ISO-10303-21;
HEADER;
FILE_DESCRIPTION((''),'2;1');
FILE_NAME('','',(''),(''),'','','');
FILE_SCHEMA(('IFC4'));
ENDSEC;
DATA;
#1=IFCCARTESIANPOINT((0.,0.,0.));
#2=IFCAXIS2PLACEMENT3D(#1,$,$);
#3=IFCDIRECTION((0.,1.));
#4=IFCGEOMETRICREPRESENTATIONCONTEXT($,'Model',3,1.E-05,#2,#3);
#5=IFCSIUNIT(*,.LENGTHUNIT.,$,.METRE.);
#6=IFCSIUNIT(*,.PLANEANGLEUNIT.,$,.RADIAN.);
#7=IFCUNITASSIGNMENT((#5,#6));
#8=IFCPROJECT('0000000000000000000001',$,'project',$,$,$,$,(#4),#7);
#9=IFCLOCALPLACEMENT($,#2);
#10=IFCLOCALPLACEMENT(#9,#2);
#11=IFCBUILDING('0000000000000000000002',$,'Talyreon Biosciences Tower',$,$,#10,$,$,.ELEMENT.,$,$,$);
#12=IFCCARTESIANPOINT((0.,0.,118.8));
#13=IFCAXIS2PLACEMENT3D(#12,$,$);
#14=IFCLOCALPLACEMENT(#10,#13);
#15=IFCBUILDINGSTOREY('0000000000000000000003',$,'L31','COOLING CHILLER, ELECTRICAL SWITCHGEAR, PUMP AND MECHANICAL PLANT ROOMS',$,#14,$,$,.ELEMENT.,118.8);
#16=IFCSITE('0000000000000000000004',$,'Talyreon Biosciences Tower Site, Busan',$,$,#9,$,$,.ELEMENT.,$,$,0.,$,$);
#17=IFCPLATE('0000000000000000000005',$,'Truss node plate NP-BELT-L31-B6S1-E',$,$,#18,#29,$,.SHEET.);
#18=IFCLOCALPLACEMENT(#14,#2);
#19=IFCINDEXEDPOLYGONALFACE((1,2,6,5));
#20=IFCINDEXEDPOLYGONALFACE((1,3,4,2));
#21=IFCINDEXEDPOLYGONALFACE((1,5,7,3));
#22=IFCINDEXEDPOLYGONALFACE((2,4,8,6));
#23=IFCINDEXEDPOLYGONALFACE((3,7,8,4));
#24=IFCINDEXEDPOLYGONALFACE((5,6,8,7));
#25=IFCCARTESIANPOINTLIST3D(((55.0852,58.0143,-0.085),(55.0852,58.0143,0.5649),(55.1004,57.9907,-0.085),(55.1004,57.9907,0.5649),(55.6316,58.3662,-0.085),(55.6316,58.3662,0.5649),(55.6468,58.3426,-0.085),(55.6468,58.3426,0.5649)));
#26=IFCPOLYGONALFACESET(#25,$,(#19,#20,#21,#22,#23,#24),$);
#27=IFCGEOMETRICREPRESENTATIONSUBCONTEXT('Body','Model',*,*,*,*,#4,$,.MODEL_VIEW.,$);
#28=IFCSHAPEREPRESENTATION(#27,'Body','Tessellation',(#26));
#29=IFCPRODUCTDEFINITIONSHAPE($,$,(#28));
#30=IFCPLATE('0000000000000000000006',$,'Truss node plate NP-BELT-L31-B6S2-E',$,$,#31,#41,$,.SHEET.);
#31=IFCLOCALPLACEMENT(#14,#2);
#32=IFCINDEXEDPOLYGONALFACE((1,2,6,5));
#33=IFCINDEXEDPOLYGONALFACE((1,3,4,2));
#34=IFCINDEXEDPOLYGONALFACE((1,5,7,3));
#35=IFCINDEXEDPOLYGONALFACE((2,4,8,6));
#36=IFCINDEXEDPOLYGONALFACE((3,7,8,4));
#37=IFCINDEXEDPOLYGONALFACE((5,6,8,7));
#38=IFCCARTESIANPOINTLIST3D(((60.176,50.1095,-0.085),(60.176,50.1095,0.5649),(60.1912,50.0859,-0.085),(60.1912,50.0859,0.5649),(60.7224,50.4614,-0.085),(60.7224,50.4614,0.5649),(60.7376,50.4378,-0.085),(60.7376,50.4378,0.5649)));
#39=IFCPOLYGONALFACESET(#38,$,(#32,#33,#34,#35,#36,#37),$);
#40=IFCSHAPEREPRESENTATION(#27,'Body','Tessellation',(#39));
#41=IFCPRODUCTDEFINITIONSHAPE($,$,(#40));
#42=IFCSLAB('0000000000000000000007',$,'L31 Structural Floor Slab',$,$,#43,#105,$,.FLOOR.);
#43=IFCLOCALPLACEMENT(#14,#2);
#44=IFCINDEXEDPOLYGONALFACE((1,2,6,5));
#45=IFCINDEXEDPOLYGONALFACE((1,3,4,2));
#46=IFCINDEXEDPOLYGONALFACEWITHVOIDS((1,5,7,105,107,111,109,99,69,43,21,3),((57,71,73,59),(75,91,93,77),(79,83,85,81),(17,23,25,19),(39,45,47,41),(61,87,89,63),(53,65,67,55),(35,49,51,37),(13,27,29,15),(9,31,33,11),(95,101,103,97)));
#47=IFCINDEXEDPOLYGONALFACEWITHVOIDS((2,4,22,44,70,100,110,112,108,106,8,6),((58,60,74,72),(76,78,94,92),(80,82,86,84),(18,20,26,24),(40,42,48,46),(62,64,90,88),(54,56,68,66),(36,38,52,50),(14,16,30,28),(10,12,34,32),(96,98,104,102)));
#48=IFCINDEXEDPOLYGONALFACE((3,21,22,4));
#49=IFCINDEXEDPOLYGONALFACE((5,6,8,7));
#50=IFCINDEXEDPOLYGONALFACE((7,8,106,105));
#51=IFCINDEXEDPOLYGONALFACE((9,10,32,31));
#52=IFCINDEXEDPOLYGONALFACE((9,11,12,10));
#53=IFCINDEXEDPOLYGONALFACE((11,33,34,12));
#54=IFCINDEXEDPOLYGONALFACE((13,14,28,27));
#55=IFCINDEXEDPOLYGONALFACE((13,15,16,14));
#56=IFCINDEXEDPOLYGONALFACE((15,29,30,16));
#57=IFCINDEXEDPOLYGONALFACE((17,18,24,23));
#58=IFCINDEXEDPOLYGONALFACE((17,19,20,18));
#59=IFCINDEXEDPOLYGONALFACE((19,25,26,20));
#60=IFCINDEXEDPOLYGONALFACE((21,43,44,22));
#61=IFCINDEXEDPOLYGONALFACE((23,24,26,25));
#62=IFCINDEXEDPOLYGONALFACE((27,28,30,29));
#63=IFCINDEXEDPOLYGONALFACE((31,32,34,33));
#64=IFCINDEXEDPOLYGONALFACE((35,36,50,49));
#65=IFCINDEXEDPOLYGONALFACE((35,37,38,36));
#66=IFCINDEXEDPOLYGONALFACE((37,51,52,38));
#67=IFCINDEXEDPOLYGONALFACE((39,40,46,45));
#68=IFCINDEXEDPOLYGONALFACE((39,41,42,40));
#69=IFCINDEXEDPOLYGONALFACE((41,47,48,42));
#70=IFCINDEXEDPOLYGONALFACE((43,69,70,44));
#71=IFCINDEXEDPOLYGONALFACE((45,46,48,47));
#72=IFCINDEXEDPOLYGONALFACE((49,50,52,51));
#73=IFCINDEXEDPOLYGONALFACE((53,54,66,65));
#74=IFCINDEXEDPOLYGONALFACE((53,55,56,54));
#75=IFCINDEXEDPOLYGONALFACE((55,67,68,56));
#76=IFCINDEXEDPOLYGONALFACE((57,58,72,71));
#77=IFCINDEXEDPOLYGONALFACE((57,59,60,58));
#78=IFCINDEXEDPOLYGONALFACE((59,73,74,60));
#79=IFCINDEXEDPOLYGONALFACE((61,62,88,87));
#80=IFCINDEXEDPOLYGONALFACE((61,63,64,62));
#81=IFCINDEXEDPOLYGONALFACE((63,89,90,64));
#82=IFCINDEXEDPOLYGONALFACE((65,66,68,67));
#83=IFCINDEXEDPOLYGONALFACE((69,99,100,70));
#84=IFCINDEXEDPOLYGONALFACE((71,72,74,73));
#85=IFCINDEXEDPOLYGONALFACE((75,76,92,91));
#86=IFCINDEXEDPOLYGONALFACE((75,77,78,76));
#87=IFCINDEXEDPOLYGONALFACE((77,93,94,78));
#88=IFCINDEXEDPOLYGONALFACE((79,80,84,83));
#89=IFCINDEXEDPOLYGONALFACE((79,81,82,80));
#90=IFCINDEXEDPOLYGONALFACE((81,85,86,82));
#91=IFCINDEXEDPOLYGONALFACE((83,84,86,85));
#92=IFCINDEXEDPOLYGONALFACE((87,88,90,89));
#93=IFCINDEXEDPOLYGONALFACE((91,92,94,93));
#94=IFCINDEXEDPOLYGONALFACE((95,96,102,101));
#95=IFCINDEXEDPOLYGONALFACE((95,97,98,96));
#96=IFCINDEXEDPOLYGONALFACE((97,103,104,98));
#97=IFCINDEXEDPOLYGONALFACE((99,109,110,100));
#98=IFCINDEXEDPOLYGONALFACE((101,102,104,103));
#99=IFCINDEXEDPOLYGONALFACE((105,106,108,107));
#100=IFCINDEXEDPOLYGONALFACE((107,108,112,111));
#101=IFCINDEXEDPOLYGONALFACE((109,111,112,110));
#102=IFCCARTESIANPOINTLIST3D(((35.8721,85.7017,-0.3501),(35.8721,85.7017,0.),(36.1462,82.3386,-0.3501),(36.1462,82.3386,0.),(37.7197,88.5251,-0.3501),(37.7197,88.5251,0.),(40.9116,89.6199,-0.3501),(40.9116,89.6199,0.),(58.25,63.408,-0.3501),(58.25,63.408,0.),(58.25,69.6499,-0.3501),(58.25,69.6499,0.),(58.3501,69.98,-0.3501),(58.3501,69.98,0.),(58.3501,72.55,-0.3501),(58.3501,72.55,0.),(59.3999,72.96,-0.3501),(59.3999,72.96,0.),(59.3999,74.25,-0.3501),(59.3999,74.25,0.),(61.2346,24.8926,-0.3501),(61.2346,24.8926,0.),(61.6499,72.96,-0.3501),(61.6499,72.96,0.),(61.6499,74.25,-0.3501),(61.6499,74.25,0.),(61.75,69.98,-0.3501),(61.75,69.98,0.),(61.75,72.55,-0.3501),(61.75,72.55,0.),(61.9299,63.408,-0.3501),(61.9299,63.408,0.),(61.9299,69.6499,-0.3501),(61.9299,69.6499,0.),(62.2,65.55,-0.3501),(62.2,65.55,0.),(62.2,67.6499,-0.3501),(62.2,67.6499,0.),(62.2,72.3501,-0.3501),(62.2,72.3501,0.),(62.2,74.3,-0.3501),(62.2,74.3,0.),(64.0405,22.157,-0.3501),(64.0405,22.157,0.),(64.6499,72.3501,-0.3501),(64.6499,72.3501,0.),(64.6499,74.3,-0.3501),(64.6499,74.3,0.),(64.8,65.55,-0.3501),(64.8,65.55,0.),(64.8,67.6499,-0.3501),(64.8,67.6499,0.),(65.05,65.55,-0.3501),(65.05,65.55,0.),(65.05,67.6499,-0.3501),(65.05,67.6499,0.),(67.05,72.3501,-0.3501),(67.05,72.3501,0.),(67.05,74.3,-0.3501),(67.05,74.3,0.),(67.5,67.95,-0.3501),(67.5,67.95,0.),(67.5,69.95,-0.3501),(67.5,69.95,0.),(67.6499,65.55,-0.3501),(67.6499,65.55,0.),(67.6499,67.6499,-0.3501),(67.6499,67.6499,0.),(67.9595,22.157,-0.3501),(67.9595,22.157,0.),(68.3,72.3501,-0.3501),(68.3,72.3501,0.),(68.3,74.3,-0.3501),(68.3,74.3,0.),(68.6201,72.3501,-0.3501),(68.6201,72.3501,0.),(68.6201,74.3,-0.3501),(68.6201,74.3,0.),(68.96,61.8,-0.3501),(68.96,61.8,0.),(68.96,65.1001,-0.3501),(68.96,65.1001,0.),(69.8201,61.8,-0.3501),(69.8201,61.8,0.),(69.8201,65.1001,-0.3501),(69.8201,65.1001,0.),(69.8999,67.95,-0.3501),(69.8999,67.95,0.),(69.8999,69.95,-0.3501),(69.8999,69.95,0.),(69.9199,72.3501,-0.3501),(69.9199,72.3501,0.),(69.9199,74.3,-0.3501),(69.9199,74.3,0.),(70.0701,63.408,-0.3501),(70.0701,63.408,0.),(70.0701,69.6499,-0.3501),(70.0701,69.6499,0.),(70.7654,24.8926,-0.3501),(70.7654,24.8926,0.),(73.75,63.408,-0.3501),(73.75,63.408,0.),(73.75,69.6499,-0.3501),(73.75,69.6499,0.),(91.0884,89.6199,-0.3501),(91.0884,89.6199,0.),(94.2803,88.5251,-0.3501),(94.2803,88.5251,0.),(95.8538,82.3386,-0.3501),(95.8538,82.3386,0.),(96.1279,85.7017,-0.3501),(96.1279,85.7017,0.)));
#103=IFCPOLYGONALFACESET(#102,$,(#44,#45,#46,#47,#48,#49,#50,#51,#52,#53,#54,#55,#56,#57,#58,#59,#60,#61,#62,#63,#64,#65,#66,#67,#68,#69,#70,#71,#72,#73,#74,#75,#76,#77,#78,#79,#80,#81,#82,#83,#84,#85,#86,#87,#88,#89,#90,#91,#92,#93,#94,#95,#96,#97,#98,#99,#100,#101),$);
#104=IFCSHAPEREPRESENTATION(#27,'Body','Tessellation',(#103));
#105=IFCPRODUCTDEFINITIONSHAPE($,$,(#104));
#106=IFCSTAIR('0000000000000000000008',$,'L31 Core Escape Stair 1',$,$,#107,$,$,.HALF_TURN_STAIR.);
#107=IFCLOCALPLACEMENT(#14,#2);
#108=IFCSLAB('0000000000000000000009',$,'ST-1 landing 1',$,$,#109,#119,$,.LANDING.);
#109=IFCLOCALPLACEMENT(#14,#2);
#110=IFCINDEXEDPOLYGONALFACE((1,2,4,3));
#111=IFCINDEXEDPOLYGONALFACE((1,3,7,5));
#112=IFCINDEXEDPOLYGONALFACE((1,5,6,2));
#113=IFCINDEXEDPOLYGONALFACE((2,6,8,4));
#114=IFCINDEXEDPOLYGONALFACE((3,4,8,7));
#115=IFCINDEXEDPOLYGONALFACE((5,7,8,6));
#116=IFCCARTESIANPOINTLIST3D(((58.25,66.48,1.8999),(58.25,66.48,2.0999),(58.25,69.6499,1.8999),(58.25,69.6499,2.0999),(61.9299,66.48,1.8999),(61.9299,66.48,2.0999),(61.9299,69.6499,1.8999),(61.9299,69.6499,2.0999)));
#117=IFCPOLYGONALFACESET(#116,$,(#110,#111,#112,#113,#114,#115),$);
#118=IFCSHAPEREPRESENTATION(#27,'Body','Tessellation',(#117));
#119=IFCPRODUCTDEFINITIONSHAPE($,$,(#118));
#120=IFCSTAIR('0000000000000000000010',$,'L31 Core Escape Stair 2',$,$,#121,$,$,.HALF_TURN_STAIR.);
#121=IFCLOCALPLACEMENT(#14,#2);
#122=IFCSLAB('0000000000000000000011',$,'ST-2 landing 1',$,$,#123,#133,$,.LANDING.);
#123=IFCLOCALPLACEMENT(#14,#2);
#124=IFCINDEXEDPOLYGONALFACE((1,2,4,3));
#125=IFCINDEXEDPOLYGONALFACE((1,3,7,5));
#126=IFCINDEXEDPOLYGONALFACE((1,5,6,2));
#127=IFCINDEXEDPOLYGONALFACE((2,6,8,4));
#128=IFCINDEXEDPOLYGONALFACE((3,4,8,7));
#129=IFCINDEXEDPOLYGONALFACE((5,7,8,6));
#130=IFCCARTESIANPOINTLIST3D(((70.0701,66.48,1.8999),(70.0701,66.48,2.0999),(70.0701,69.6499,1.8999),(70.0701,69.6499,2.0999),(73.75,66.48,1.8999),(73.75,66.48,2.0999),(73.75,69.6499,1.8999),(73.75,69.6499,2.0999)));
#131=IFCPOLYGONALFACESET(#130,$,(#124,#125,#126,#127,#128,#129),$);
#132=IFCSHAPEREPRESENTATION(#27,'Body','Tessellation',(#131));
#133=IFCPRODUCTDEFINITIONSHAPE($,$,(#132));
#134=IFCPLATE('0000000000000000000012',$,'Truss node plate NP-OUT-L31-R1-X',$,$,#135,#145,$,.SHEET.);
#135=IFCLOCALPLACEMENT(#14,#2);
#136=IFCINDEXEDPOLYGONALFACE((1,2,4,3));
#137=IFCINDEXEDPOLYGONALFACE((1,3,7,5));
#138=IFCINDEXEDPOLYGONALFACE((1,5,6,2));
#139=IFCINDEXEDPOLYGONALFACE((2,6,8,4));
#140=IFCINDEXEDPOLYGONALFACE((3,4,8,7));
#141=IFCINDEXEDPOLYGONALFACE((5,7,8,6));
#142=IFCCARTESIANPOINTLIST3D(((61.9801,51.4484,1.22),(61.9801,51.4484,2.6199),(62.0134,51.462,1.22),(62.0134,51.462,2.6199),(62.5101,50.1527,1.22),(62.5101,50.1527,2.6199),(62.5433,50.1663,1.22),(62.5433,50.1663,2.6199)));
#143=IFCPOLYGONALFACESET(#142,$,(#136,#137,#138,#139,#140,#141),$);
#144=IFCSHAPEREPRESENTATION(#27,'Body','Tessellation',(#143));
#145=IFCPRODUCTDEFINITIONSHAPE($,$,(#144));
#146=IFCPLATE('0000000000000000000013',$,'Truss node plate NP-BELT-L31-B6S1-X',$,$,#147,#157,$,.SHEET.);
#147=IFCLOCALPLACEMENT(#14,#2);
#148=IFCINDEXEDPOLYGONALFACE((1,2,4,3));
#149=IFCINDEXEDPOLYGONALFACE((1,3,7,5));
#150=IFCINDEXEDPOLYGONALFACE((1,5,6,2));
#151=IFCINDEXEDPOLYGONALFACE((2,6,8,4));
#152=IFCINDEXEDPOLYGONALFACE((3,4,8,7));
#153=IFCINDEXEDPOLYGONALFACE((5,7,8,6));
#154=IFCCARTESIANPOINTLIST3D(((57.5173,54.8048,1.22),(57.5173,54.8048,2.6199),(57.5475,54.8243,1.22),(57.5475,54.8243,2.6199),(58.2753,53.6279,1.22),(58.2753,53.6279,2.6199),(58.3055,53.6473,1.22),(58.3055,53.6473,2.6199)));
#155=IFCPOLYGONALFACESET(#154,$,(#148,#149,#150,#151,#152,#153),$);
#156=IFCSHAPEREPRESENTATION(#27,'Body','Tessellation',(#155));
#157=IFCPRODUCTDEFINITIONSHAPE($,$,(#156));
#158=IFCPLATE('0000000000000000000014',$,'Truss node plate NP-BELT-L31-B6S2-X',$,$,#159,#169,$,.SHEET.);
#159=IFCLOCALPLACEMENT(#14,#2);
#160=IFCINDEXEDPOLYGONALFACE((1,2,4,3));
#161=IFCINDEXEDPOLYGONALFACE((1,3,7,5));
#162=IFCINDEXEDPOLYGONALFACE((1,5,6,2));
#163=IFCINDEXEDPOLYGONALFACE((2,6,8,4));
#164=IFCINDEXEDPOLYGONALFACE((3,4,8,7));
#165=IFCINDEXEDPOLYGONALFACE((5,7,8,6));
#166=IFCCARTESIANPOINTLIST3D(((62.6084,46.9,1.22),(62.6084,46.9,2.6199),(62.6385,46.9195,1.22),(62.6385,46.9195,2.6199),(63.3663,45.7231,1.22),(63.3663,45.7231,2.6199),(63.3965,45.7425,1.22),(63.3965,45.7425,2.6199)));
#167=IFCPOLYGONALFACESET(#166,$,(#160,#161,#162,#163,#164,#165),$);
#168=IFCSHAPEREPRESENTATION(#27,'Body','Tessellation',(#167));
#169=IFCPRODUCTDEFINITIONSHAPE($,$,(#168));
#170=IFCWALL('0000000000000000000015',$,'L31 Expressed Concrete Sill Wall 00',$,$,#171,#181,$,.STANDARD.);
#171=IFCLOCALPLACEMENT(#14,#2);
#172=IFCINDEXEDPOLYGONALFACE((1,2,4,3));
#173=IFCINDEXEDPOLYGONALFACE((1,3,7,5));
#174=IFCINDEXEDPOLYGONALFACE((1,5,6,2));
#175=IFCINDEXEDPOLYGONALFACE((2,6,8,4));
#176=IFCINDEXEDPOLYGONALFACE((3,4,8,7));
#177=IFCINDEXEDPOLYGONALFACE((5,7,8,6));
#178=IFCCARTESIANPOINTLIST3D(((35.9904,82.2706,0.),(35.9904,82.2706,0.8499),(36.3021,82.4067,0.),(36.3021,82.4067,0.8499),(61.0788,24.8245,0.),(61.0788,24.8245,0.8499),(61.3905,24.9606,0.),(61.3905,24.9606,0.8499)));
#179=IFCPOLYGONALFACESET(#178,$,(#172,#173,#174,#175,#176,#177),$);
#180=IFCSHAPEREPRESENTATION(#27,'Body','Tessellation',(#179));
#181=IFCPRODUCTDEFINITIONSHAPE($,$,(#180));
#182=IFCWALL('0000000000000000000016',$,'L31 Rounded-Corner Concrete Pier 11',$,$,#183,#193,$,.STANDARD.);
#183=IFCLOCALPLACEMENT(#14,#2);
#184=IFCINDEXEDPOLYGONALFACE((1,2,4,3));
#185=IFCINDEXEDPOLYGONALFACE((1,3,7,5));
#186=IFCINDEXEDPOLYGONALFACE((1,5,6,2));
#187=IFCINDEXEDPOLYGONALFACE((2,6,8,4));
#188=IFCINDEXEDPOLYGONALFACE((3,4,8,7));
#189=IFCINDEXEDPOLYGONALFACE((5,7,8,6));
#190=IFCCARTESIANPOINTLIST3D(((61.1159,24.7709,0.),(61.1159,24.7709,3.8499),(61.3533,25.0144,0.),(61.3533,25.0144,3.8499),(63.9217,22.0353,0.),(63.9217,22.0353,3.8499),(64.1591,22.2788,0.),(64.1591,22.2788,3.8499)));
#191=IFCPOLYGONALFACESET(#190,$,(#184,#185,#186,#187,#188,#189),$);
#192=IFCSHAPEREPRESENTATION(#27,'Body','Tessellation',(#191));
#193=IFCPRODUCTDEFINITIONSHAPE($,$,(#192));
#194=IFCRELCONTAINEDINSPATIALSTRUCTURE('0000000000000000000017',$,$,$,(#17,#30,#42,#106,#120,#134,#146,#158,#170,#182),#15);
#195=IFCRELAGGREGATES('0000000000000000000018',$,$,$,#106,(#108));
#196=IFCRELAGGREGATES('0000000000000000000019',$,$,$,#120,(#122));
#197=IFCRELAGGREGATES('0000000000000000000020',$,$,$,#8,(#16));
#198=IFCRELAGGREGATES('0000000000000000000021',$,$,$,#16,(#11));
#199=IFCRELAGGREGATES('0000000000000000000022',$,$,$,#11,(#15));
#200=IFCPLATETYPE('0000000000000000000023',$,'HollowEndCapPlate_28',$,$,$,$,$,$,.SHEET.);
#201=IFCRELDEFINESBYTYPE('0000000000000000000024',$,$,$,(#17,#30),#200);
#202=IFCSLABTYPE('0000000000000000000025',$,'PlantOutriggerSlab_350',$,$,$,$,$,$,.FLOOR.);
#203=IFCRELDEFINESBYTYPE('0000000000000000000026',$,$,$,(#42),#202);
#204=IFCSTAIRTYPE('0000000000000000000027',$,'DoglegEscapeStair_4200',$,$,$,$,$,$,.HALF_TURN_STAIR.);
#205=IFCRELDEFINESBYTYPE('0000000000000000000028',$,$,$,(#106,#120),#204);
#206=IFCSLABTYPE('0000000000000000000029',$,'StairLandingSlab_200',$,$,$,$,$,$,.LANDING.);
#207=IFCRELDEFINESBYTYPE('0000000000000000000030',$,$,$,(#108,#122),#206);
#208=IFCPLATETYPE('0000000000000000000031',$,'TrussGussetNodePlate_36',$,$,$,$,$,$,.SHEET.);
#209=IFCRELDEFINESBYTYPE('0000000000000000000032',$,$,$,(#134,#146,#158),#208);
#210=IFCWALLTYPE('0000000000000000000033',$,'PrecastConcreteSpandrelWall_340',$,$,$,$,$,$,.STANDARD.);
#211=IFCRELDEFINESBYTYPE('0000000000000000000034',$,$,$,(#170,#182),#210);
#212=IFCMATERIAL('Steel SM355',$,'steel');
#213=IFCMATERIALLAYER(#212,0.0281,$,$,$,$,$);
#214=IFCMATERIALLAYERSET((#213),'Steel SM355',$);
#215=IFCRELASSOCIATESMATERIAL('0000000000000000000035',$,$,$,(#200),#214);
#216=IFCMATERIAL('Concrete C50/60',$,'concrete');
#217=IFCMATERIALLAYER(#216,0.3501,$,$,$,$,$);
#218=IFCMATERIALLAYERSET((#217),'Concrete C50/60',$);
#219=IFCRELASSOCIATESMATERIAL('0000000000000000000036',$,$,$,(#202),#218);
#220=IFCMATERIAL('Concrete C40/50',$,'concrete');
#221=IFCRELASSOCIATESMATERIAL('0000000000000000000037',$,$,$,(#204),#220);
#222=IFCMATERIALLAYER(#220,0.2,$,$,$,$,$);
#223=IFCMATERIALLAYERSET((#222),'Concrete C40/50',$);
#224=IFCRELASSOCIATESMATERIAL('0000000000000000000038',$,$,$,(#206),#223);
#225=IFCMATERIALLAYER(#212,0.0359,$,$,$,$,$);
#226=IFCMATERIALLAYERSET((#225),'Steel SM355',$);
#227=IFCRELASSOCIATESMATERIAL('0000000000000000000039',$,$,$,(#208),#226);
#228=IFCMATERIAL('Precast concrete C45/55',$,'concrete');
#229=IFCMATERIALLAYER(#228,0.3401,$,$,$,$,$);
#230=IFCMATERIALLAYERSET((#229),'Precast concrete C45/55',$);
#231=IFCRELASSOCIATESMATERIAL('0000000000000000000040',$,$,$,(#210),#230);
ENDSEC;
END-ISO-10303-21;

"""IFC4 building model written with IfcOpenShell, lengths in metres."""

from ifc_helpers import new_model, si_unit, direction, frame, frame_2d, origin, origin_2d, place, context, subcontext, project, spatial, polyline, rectangle, outline, extrude, material, layer, layer_set, type_object, element, aggregate, save


model = new_model("IFC4")

# Units and contexts
model_context = context("Model", 3, precision=1e-05, world=origin(), true_north=direction((0.0, 1.0)))
body_context = subcontext(model_context, "Body", "Model", "MODEL_VIEW")
ifc_project = project(units=[si_unit("LENGTHUNIT", "METRE"), si_unit("PLANEANGLEUNIT", "RADIAN")], contexts=[model_context])

# Site, building, storey
site_placement = place(None, origin())
site = spatial("IfcSite", under=ifc_project, at=site_placement, Name="Talyreon Biosciences Tower Site, Busan", CompositionType="ELEMENT", RefElevation=0.0)
building_placement = place(site_placement, origin())
building = spatial("IfcBuilding", under=site, at=building_placement, Name="Talyreon Biosciences Tower", CompositionType="ELEMENT")
storey_placement = place(building_placement, frame((0.0, 0.0, 118.8)))
storey = spatial("IfcBuildingStorey", under=building, at=storey_placement, Name="L31", Description="COOLING CHILLER, ELECTRICAL SWITCHGEAR, PUMP AND MECHANICAL PLANT ROOMS", CompositionType="ELEMENT", Elevation=118.8)

# Shared definitions
ifc_material_1 = material(Name="Concrete C50/60", Category="concrete")

# Shared definitions
ifc_material_2 = material(Name="Steel SM355", Category="steel")

# Shared definitions
ifc_material_3 = material(Name="Precast concrete C45/55", Category="concrete")

# Plates
ifc_layer_1 = layer(ifc_material_2, 0.0281)
ifc_layer_set_1 = layer_set([ifc_layer_1], Name="Steel SM355")
plate_type_1 = type_object("IfcPlateType", Name="HollowEndCapPlate_28", PredefinedType="SHEET", material=ifc_layer_set_1)
for number, where, z_axis, x_axis, name in (
    (1, (55.366, 58.1785, -0.085), (0.0, 0.0, 1.0), (0.840727, 0.541459, 0.0), "Truss node plate NP-BELT-L31-B6S1-E"),
    (2, (60.4568, 50.2737, -0.085), (0.0, 0.0, 1.0), (0.840727, 0.541459, 0.0), "Truss node plate NP-BELT-L31-B6S2-E"),
):
    element("IfcPlate", number, at=place(storey_placement, frame(where, z_axis=z_axis, x_axis=x_axis)), inside=storey, type_object=plate_type_1, Name=name, PredefinedType="SHEET", context=body_context, shape_type="SweptSolid", body=[
        extrude(rectangle(XDim=0.6499, YDim=0.0281, at=origin_2d()), origin(), (0.0, 0.0, 1.0), 0.6499),
    ])

# Slab
ifc_layer_2 = layer(ifc_material_1, 0.3501)
ifc_layer_set_2 = layer_set([ifc_layer_2], Name="Concrete C50/60")
slab_type_1 = type_object("IfcSlabType", Name="PlantOutriggerSlab_350", PredefinedType="FLOOR", material=ifc_layer_set_2)
slab_1_placement = place(storey_placement, frame((0.0, 0.0, -0.3501)))
element("IfcSlab", 3, at=slab_1_placement, inside=storey, type_object=slab_type_1, Name="L31 Structural Floor Slab", PredefinedType="FLOOR", context=body_context, shape_type="SweptSolid", body=[
    extrude(outline(polyline([(61.2346, 24.8926), (36.1462, 82.3386), (35.8721, 85.7017), (37.7197, 88.5251), (40.9116, 89.6199), (91.0884, 89.6199), (94.2803, 88.5251), (96.1279, 85.7017), (95.8538, 82.3386), (70.7654, 24.8926), (67.9595, 22.157), (64.0405, 22.157), (61.2346, 24.8926)]), holes=[polyline([(61.9299, 69.6499), (61.9299, 63.408), (58.25, 63.408), (58.25, 69.6499), (61.9299, 69.6499)]), polyline([(64.8, 67.6499), (64.8, 65.55), (62.2, 65.55), (62.2, 67.6499), (64.8, 67.6499)]), polyline([(67.6499, 67.6499), (67.6499, 65.55), (65.05, 65.55), (65.05, 67.6499), (67.6499, 67.6499)]), polyline([(61.75, 69.98), (58.3501, 69.98), (58.3501, 72.55), (61.75, 72.55), (61.75, 69.98)]), polyline([(64.6499, 72.3501), (62.2, 72.3501), (62.2, 74.3), (64.6499, 74.3), (64.6499, 72.3501)]), polyline([(61.6499, 74.25), (61.6499, 72.96), (59.3999, 72.96), (59.3999, 74.25), (61.6499, 74.25)]), polyline([(69.8201, 61.8), (68.96, 61.8), (68.96, 65.1001), (69.8201, 65.1001), (69.8201, 61.8)]), polyline([(73.75, 63.408), (70.0701, 63.408), (70.0701, 69.6499), (73.75, 69.6499), (73.75, 63.408)]), polyline([(69.8999, 69.95), (69.8999, 67.95), (67.5, 67.95), (67.5, 69.95), (69.8999, 69.95)]), polyline([(68.3, 72.3501), (67.05, 72.3501), (67.05, 74.3), (68.3, 74.3), (68.3, 72.3501)]), polyline([(69.9199, 72.3501), (68.6201, 72.3501), (68.6201, 74.3), (69.9199, 74.3), (69.9199, 72.3501)])]), origin(), (0.0, 0.0, 1.0), 0.3501),
])

# Stairs, slabs
ifc_material_4 = material(Name="Concrete C40/50", Category="concrete")
stair_type = type_object("IfcStairType", Name="DoglegEscapeStair_4200", PredefinedType="HALF_TURN_STAIR", material=ifc_material_4)
stair_1_placement = place(storey_placement, origin())
stair_1 = element("IfcStair", 4, at=stair_1_placement, inside=storey, type_object=stair_type, Name="L31 Core Escape Stair 1", PredefinedType="HALF_TURN_STAIR")
ifc_layer_3 = layer(ifc_material_4, 0.2)
ifc_layer_set_3 = layer_set([ifc_layer_3], Name="Concrete C40/50")
slab_type_2 = type_object("IfcSlabType", Name="StairLandingSlab_200", PredefinedType="LANDING", material=ifc_layer_set_3)
slab_2_placement = place(storey_placement, frame((0.0, 0.0, 1.8999)))
slab_2 = element("IfcSlab", 5, at=slab_2_placement, type_object=slab_type_2, Name="ST-1 landing 1", PredefinedType="LANDING", context=body_context, shape_type="SweptSolid", body=[
    extrude(outline(polyline([(61.9299, 66.48), (61.9299, 69.6499), (58.25, 69.6499), (58.25, 66.48), (61.9299, 66.48)])), origin(), (0.0, 0.0, 1.0), 0.2),
])
aggregate(stair_1, [slab_2])
stair_2_placement = place(storey_placement, origin())
stair_2 = element("IfcStair", 6, at=stair_2_placement, inside=storey, type_object=stair_type, Name="L31 Core Escape Stair 2", PredefinedType="HALF_TURN_STAIR")
slab_3_placement = place(storey_placement, frame((0.0, 0.0, 1.8999)))
slab_3 = element("IfcSlab", 7, at=slab_3_placement, type_object=slab_type_2, Name="ST-2 landing 1", PredefinedType="LANDING", context=body_context, shape_type="SweptSolid", body=[
    extrude(outline(polyline([(73.75, 66.48), (73.75, 69.6499), (70.0701, 69.6499), (70.0701, 66.48), (73.75, 66.48)])), origin(), (0.0, 0.0, 1.0), 0.2),
])
aggregate(stair_2, [slab_3])

# Plates
ifc_layer_4 = layer(ifc_material_2, 0.0359)
ifc_layer_set_4 = layer_set([ifc_layer_4], Name="Steel SM355")
plate_type_2 = type_object("IfcPlateType", Name="TrussGussetNodePlate_36", PredefinedType="SHEET", material=ifc_layer_set_4)
for number, where, z_axis, x_axis, name in (
    (8, (62.2617, 50.8074, 1.22), (0.0, 0.0, 1.0), (0.378552, -0.92558, 0.0), "Truss node plate NP-OUT-L31-R1-X"),
    (9, (57.9114, 54.2261, 1.22), (0.0, 0.0, 1.0), (0.541459, -0.840727, 0.0), "Truss node plate NP-BELT-L31-B6S1-X"),
    (10, (63.0024, 46.3213, 1.22), (0.0, 0.0, 1.0), (0.541459, -0.840727, 0.0), "Truss node plate NP-BELT-L31-B6S2-X"),
):
    element("IfcPlate", number, at=place(storey_placement, frame(where, z_axis=z_axis, x_axis=x_axis)), inside=storey, type_object=plate_type_2, Name=name, PredefinedType="SHEET", context=body_context, shape_type="SweptSolid", body=[
        extrude(rectangle(XDim=1.3999, YDim=0.0359, at=origin_2d()), origin(), (0.0, 0.0, 1.0), 1.3999),
    ])

# Walls
ifc_layer_5 = layer(ifc_material_3, 0.3401)
ifc_layer_set_5 = layer_set([ifc_layer_5], Name="Precast concrete C45/55")
wall_type = type_object("IfcWallType", Name="PrecastConcreteSpandrelWall_340", PredefinedType="STANDARD", material=ifc_layer_set_5)
wall_1_placement = place(storey_placement, frame((61.2346, 24.8926, 0.0), z_axis=(0.0, 0.0, 1.0), x_axis=(-0.400226, 0.916416, 0.0)))
element("IfcWall", 11, at=wall_1_placement, inside=storey, type_object=wall_type, Name="L31 Expressed Concrete Sill Wall 00", PredefinedType="STANDARD", context=body_context, shape_type="SweptSolid", body=[
    extrude(rectangle(XDim=62.6855, YDim=0.3401, at=frame_2d((31.3428, 0.0))), origin(), (0.0, 0.0, 1.0), 0.8499),
])
wall_2_placement = place(storey_placement, frame((64.0405, 22.157, 0.0), z_axis=(0.0, 0.0, 1.0), x_axis=(-0.716021, 0.698079, 0.0)))
element("IfcWall", 12, at=wall_2_placement, inside=storey, type_object=wall_type, Name="L31 Rounded-Corner Concrete Pier 11", PredefinedType="STANDARD", context=body_context, shape_type="SweptSolid", body=[
    extrude(rectangle(XDim=3.9187, YDim=0.3401, at=frame_2d((1.9595, 0.0))), origin(), (0.0, 0.0, 1.0), 3.8499),
])

save(model, "model.ifc")
